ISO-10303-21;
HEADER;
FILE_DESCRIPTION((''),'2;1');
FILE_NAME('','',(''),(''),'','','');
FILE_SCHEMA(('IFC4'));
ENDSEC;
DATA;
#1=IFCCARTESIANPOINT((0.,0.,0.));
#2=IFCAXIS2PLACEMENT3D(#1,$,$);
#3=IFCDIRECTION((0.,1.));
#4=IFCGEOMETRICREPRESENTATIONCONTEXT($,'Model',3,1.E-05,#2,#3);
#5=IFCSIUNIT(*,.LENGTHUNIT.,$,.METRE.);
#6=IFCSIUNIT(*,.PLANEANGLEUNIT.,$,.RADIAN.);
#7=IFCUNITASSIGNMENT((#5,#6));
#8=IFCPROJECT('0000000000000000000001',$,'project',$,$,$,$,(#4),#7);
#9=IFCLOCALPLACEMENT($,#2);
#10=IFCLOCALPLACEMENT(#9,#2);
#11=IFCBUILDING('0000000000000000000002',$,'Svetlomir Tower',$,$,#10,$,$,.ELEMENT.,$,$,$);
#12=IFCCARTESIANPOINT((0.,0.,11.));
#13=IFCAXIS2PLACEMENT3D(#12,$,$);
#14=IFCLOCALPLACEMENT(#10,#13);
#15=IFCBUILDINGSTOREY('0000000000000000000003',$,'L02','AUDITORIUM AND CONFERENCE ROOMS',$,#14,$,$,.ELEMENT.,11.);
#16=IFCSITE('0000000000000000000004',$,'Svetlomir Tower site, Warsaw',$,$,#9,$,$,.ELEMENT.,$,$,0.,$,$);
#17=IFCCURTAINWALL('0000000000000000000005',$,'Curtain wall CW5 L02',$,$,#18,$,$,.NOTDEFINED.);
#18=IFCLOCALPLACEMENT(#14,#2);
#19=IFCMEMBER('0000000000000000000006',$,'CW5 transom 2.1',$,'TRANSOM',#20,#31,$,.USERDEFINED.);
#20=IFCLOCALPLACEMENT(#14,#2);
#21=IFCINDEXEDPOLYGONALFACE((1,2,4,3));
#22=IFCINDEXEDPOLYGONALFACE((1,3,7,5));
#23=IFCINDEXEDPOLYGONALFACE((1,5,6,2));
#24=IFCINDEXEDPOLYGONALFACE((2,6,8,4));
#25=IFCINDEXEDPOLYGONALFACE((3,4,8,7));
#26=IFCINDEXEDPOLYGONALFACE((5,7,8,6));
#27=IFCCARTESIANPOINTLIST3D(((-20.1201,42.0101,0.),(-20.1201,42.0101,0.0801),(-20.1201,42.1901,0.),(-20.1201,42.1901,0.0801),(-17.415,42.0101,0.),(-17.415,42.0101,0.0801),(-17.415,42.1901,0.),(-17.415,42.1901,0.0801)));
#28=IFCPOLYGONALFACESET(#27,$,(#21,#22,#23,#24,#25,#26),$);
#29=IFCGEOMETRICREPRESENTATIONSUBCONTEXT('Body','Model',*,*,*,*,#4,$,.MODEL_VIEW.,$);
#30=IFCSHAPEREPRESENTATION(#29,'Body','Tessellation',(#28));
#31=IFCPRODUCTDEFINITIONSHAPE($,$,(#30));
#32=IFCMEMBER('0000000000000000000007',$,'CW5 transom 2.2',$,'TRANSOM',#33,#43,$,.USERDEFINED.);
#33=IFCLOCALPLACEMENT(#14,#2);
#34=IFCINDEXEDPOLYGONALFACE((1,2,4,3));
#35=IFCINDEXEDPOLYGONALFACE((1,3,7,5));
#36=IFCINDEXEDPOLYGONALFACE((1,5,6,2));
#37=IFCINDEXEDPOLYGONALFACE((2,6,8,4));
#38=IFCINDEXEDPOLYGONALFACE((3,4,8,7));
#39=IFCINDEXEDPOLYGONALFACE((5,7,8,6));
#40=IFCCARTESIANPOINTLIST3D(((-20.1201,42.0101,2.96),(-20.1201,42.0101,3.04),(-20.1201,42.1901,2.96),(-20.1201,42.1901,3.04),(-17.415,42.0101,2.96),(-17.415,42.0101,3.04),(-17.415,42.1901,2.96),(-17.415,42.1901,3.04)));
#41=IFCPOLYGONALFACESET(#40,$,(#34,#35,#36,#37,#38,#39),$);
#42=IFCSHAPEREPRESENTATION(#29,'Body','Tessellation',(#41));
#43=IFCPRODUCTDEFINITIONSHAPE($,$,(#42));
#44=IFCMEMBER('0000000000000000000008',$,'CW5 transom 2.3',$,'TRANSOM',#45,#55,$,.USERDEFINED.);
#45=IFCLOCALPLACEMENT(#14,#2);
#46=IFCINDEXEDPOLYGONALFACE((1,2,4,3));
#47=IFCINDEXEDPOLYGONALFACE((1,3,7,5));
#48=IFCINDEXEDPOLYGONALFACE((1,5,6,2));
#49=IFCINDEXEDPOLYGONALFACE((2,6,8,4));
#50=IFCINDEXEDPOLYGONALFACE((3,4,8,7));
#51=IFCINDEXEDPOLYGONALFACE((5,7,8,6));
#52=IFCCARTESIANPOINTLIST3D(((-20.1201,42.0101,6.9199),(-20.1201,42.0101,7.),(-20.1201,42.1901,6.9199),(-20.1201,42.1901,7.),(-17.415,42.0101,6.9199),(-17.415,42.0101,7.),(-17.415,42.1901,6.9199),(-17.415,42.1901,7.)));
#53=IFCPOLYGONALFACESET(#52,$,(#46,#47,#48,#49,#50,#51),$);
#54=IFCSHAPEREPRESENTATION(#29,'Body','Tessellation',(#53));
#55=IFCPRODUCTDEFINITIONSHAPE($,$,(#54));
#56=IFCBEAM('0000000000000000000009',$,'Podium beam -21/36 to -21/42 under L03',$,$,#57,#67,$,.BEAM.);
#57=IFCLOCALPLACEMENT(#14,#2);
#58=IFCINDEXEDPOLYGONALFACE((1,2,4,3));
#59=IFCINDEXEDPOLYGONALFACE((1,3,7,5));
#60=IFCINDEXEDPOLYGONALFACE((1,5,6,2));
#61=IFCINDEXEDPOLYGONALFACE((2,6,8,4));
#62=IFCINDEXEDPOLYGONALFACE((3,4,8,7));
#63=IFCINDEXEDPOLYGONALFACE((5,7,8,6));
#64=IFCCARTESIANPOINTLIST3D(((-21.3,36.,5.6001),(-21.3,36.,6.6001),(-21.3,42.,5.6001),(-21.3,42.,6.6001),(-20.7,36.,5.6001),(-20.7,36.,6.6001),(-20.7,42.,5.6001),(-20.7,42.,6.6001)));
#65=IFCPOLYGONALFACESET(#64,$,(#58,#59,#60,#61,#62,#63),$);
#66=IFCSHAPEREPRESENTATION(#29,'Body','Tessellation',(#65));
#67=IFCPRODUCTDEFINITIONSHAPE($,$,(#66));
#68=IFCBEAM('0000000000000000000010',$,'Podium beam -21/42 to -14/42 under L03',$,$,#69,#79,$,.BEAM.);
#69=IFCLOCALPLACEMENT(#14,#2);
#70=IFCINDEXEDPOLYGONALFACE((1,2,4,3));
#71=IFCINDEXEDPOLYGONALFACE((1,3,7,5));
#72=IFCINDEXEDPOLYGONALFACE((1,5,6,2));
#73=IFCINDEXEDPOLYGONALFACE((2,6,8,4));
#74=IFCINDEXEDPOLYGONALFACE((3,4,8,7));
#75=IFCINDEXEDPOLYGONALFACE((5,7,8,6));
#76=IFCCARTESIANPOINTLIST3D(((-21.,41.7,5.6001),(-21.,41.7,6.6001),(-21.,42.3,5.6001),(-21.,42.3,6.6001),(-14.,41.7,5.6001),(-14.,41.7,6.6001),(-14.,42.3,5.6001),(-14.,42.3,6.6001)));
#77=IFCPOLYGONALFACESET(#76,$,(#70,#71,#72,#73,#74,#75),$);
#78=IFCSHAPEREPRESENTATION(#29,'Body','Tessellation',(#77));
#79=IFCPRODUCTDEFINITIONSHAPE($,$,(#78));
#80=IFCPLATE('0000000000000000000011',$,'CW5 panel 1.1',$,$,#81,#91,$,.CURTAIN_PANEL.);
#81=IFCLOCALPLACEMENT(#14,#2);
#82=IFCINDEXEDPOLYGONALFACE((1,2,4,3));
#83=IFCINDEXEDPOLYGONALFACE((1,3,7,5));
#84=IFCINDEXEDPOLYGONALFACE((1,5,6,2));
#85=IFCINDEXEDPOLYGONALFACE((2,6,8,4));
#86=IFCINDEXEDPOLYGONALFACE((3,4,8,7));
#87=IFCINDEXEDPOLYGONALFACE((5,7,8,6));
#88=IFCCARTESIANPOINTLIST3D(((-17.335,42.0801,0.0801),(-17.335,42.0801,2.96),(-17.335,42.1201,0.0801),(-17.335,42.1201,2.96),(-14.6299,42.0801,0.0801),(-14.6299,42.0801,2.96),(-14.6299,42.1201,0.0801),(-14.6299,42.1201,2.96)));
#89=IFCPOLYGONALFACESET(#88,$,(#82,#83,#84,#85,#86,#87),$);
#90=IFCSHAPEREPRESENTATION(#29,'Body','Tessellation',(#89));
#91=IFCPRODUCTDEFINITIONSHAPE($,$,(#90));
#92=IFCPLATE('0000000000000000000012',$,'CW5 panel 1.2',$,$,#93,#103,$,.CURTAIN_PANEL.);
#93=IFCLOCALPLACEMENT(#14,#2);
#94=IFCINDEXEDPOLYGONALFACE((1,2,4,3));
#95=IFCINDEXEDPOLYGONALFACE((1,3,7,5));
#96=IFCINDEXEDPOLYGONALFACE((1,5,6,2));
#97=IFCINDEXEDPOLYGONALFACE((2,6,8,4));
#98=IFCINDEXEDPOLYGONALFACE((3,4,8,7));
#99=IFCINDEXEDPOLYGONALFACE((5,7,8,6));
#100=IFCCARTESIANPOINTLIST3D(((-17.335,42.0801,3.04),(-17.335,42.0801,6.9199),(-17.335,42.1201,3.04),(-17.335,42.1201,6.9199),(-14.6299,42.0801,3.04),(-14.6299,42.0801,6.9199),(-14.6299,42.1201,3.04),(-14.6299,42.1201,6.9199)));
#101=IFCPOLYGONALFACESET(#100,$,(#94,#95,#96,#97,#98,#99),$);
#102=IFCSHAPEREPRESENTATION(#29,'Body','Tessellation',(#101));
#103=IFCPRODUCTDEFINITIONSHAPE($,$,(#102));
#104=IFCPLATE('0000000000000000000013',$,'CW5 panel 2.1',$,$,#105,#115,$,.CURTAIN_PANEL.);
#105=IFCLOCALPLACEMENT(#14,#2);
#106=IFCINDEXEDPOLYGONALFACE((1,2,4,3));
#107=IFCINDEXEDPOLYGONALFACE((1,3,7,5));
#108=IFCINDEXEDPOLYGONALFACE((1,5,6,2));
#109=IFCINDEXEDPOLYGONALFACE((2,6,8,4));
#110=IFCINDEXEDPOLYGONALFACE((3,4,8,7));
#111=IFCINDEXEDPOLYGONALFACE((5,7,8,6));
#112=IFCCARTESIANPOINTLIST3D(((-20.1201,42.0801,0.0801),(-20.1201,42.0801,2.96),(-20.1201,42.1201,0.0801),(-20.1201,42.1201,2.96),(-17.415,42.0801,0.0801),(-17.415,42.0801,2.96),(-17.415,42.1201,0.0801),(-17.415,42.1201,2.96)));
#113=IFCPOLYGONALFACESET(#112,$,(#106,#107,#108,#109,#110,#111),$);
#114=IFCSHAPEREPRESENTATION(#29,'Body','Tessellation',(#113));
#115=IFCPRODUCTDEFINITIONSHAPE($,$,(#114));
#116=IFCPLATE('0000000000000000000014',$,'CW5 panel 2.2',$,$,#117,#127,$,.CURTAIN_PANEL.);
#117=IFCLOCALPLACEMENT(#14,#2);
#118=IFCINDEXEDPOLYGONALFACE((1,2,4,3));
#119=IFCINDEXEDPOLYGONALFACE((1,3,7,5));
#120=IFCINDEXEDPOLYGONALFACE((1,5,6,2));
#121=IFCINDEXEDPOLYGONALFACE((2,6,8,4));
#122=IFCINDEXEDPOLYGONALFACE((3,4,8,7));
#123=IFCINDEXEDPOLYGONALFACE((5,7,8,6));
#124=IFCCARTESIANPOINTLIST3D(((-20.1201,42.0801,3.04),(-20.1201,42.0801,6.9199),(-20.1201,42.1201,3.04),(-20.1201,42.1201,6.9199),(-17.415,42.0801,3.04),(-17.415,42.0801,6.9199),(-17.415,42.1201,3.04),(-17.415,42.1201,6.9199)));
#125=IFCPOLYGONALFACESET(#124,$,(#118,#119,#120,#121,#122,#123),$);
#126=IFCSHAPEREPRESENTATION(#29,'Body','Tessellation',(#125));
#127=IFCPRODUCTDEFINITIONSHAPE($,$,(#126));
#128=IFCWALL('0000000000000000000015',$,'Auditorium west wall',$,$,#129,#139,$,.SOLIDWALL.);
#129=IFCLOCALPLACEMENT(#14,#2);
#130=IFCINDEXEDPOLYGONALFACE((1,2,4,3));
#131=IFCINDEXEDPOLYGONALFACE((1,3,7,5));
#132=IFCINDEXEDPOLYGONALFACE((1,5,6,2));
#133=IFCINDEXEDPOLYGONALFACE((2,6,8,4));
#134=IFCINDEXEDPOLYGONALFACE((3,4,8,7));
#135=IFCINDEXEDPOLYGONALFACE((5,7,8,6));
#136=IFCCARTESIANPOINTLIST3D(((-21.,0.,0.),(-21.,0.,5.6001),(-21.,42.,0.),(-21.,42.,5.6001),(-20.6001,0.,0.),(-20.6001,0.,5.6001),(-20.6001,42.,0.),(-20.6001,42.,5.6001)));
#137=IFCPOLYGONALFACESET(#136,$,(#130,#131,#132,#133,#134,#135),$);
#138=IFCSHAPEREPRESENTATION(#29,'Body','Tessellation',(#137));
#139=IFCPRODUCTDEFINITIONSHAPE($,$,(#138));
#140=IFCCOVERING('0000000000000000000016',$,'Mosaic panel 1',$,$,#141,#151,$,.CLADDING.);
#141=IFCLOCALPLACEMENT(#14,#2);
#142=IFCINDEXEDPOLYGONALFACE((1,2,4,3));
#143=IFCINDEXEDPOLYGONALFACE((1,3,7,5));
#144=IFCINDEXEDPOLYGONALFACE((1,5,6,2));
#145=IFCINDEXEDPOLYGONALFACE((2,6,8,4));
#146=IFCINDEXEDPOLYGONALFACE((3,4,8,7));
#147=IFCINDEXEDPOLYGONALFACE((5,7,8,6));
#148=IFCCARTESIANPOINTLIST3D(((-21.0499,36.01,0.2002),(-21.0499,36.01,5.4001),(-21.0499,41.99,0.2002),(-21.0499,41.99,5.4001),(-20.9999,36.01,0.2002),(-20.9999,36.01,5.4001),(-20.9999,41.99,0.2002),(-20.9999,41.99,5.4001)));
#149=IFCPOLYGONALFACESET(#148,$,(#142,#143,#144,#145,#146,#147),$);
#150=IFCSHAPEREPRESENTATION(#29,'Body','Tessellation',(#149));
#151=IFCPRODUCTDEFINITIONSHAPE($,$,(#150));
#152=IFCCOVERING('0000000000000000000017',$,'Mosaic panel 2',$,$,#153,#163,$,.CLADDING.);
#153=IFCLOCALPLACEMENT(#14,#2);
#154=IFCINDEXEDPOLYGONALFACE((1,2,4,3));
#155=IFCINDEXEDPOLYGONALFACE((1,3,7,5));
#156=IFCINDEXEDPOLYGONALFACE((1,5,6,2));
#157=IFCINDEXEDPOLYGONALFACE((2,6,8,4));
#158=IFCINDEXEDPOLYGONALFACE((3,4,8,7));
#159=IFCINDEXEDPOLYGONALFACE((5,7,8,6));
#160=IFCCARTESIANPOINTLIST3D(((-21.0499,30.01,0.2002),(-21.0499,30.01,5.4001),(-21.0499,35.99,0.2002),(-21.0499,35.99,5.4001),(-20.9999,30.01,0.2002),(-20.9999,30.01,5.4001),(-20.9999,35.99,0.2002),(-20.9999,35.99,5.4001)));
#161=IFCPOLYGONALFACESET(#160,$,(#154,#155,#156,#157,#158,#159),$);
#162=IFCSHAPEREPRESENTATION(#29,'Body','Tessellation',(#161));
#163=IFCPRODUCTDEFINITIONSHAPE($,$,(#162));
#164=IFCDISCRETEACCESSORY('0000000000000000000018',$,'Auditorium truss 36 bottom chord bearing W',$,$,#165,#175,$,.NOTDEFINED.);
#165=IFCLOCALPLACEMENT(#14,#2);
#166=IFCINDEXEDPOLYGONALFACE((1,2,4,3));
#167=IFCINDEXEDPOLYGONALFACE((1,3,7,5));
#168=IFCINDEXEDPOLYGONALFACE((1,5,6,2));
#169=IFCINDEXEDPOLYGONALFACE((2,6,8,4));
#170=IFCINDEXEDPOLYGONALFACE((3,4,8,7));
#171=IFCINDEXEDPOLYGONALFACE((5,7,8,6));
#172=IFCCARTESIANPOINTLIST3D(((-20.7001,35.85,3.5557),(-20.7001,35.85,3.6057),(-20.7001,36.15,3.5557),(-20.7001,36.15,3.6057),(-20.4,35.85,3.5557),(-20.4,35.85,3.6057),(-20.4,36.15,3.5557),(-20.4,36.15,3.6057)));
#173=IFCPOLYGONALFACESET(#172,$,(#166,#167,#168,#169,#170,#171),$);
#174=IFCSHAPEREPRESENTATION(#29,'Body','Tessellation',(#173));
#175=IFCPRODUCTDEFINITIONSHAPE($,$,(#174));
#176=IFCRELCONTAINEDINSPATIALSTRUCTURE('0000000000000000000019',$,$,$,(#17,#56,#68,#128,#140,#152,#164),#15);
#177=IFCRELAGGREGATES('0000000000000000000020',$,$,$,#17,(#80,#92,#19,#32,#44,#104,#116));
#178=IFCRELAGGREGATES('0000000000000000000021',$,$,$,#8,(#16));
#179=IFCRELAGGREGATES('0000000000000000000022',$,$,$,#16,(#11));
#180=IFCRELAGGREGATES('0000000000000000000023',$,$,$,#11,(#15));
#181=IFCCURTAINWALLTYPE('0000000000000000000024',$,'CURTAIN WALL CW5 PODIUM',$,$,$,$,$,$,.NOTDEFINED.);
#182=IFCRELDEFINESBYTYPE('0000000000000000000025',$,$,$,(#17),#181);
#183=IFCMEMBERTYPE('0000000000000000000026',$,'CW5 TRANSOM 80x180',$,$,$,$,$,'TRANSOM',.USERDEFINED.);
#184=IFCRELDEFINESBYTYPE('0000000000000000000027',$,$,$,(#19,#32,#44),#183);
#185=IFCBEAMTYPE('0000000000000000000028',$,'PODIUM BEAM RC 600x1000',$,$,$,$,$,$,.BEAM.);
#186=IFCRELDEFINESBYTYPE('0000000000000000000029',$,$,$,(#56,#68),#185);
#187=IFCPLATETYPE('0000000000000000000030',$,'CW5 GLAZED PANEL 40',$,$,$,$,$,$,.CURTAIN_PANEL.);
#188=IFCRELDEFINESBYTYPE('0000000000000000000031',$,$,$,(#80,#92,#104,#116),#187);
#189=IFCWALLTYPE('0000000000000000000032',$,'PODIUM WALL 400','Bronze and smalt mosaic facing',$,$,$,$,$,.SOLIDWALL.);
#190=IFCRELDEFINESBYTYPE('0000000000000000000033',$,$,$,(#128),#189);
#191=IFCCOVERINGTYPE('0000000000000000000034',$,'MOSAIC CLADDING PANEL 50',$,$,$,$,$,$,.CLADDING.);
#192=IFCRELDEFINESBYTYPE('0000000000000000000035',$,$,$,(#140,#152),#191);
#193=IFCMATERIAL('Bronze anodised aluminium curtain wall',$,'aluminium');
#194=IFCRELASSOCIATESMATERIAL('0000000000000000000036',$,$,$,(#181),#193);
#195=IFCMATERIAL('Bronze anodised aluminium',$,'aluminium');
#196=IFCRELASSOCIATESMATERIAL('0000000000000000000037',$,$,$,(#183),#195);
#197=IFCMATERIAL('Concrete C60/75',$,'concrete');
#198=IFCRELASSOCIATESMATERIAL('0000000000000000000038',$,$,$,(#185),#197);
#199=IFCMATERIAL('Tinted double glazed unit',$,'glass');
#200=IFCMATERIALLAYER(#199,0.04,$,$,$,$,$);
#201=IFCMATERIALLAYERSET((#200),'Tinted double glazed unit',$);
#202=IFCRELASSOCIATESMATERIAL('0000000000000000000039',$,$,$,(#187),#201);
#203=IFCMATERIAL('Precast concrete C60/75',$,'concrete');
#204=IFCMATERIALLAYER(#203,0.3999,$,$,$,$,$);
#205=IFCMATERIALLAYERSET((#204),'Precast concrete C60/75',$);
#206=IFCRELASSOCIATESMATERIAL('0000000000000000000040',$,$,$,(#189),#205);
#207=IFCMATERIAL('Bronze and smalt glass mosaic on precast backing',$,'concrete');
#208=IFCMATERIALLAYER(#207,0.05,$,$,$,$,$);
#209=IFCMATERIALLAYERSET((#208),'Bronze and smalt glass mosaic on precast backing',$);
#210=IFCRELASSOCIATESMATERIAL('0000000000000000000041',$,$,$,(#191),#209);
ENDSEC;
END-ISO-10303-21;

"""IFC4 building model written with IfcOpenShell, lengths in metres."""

from ifc_helpers import new_model, si_unit, direction, frame, frame_2d, origin, origin_2d, place, context, subcontext, project, spatial, rectangle, extrude, material, layer, layer_set, material_profile, profile_set, type_object, element, aggregate, save


model = new_model("IFC4")

# Units and contexts
model_context = context("Model", 3, precision=1e-05, world=origin(), true_north=direction((0.0, 1.0)))
body_context = subcontext(model_context, "Body", "Model", "MODEL_VIEW")
ifc_project = project(units=[si_unit("LENGTHUNIT", "METRE"), si_unit("PLANEANGLEUNIT", "RADIAN")], contexts=[model_context])

# Site, building, storey
site_placement = place(None, origin())
site = spatial("IfcSite", under=ifc_project, at=site_placement, Name="Svetlomir Tower site, Warsaw", CompositionType="ELEMENT", RefElevation=0.0)
building_placement = place(site_placement, origin())
building = spatial("IfcBuilding", under=site, at=building_placement, Name="Svetlomir Tower", CompositionType="ELEMENT")
storey_placement = place(building_placement, frame((0.0, 0.0, 11.0)))
storey = spatial("IfcBuildingStorey", under=building, at=storey_placement, Name="L02", Description="AUDITORIUM AND CONFERENCE ROOMS", CompositionType="ELEMENT", Elevation=11.0)

# Curtain wall, members
ifc_material_1 = material(Name="Bronze anodised aluminium curtain wall", Category="aluminium")
curtain_wall_type = type_object("IfcCurtainWallType", Name="CURTAIN WALL CW5 PODIUM", PredefinedType="NOTDEFINED", material=ifc_material_1)
curtain_wall_placement = place(storey_placement, origin())
curtain_wall = element("IfcCurtainWall", 1, at=curtain_wall_placement, inside=storey, type_object=curtain_wall_type, Name="Curtain wall CW5 L02", PredefinedType="NOTDEFINED")
ifc_material_2 = material(Name="Bronze anodised aluminium", Category="aluminium")
ifc_material_profile_1 = material_profile(ifc_material_2, rectangle(XDim=0.1799, YDim=0.0801, at=origin_2d()), Name="AL 180x80")
ifc_profile_set_1 = profile_set([ifc_material_profile_1], Name="Bronze anodised aluminium 6063-T6")
member_type_1 = type_object("IfcMemberType", Name="CW5 TRANSOM 80x180", ElementType="TRANSOM", PredefinedType="USERDEFINED", material=ifc_profile_set_1)
member_1_placement = place(storey_placement, frame((-17.415, 42.1001, 0.04), z_axis=(-1.0, 0.0, 0.0), x_axis=(0.0, -1.0, 0.0)))
member_1 = element("IfcMember", 2, at=member_1_placement, type_object=member_type_1, Name="CW5 transom 2.1", ObjectType="TRANSOM", PredefinedType="USERDEFINED", context=body_context, shape_type="SweptSolid", body=[
    extrude(rectangle(XDim=0.1799, YDim=0.0801, at=origin_2d()), origin(), (0.0, 0.0, 1.0), 2.7051),
])
member_2_placement = place(storey_placement, frame((-17.415, 42.1001, 3.0), z_axis=(-1.0, 0.0, 0.0), x_axis=(0.0, -1.0, 0.0)))
member_2 = element("IfcMember", 3, at=member_2_placement, type_object=member_type_1, Name="CW5 transom 2.2", ObjectType="TRANSOM", PredefinedType="USERDEFINED", context=body_context, shape_type="SweptSolid", body=[
    extrude(rectangle(XDim=0.1799, YDim=0.0801, at=origin_2d()), origin(), (0.0, 0.0, 1.0), 2.7051),
])
member_3_placement = place(storey_placement, frame((-17.415, 42.1001, 6.96), z_axis=(-1.0, 0.0, 0.0), x_axis=(0.0, -1.0, 0.0)))
member_3 = element("IfcMember", 4, at=member_3_placement, type_object=member_type_1, Name="CW5 transom 2.3", ObjectType="TRANSOM", PredefinedType="USERDEFINED", context=body_context, shape_type="SweptSolid", body=[
    extrude(rectangle(XDim=0.1799, YDim=0.0801, at=origin_2d()), origin(), (0.0, 0.0, 1.0), 2.7051),
])

# Beams
ifc_material_3 = material(Name="Concrete C60/75", Category="concrete")
ifc_material_profile_2 = material_profile(ifc_material_3, rectangle(XDim=0.6001, YDim=1.0, at=origin_2d()), Name="RC 600x1000")
ifc_profile_set_2 = profile_set([ifc_material_profile_2], Name="Concrete C60/75")
beam_type = type_object("IfcBeamType", Name="PODIUM BEAM RC 600x1000", PredefinedType="BEAM", material=ifc_profile_set_2)
beam_1_placement = place(storey_placement, frame((-21.0, 36.0, 6.1001), z_axis=(0.0, 1.0, 0.0), x_axis=(-1.0, 0.0, 0.0)))
element("IfcBeam", 5, at=beam_1_placement, inside=storey, type_object=beam_type, Name="Podium beam -21/36 to -21/42 under L03", PredefinedType="BEAM", context=body_context, shape_type="SweptSolid", body=[
    extrude(rectangle(XDim=0.6001, YDim=1.0, at=origin_2d()), origin(), (0.0, 0.0, 1.0), 6.0),
])
beam_2_placement = place(storey_placement, frame((-21.0, 42.0, 6.1001), z_axis=(1.0, 0.0, 0.0), x_axis=(0.0, 1.0, 0.0)))
element("IfcBeam", 6, at=beam_2_placement, inside=storey, type_object=beam_type, Name="Podium beam -21/42 to -14/42 under L03", PredefinedType="BEAM", context=body_context, shape_type="SweptSolid", body=[
    extrude(rectangle(XDim=0.6001, YDim=1.0, at=origin_2d()), origin(), (0.0, 0.0, 1.0), 7.0),
])

# Plates
ifc_material_4 = material(Name="Tinted double glazed unit", Category="glass")
ifc_layer_1 = layer(ifc_material_4, 0.04)
ifc_layer_set_1 = layer_set([ifc_layer_1], Name="Tinted double glazed unit")
plate_type = type_object("IfcPlateType", Name="CW5 GLAZED PANEL 40", PredefinedType="CURTAIN_PANEL", material=ifc_layer_set_1)
plate_1_placement = place(storey_placement, frame((-15.9824, 42.1001, 0.0801), z_axis=(0.0, 0.0, 1.0), x_axis=(-1.0, 0.0, 0.0)))
plate_1 = element("IfcPlate", 7, at=plate_1_placement, type_object=plate_type, Name="CW5 panel 1.1", PredefinedType="CURTAIN_PANEL", context=body_context, shape_type="SweptSolid", body=[
    extrude(rectangle(XDim=2.7051, YDim=0.04, at=origin_2d()), origin(), (0.0, 0.0, 1.0), 2.8799),
])
plate_2_placement = place(storey_placement, frame((-15.9824, 42.1001, 3.04), z_axis=(0.0, 0.0, 1.0), x_axis=(-1.0, 0.0, 0.0)))
plate_2 = element("IfcPlate", 8, at=plate_2_placement, type_object=plate_type, Name="CW5 panel 1.2", PredefinedType="CURTAIN_PANEL", context=body_context, shape_type="SweptSolid", body=[
    extrude(rectangle(XDim=2.7051, YDim=0.04, at=origin_2d()), origin(), (0.0, 0.0, 1.0), 3.8799),
])
plate_3_placement = place(storey_placement, frame((-18.7676, 42.1001, 0.0801), z_axis=(0.0, 0.0, 1.0), x_axis=(-1.0, 0.0, 0.0)))
plate_3 = element("IfcPlate", 9, at=plate_3_placement, type_object=plate_type, Name="CW5 panel 2.1", PredefinedType="CURTAIN_PANEL", context=body_context, shape_type="SweptSolid", body=[
    extrude(rectangle(XDim=2.7051, YDim=0.04, at=origin_2d()), origin(), (0.0, 0.0, 1.0), 2.8799),
])
plate_4_placement = place(storey_placement, frame((-18.7676, 42.1001, 3.04), z_axis=(0.0, 0.0, 1.0), x_axis=(-1.0, 0.0, 0.0)))
plate_4 = element("IfcPlate", 10, at=plate_4_placement, type_object=plate_type, Name="CW5 panel 2.2", PredefinedType="CURTAIN_PANEL", context=body_context, shape_type="SweptSolid", body=[
    extrude(rectangle(XDim=2.7051, YDim=0.04, at=origin_2d()), origin(), (0.0, 0.0, 1.0), 3.8799),
])
aggregate(curtain_wall, [plate_1, plate_2, member_1, member_2, member_3, plate_3, plate_4])

# Wall
ifc_material_5 = material(Name="Precast concrete C60/75", Category="concrete")
ifc_layer_2 = layer(ifc_material_5, 0.3999)
ifc_layer_set_2 = layer_set([ifc_layer_2], Name="Precast concrete C60/75")
wall_type = type_object("IfcWallType", Name="PODIUM WALL 400", Description="Bronze and smalt mosaic facing", PredefinedType="SOLIDWALL", material=ifc_layer_set_2)
wall_placement = place(storey_placement, frame((-20.8, 42.0, 0.0), z_axis=(0.0, 0.0, 1.0), x_axis=(0.0, -1.0, 0.0)))
element("IfcWall", 11, at=wall_placement, inside=storey, type_object=wall_type, Name="Auditorium west wall", PredefinedType="SOLIDWALL", context=body_context, shape_type="SweptSolid", body=[
    extrude(rectangle(XDim=42.0, YDim=0.3999, at=frame_2d((21.0, 0.0))), origin(), (0.0, 0.0, 1.0), 5.6001),
])

# Coverings
ifc_material_6 = material(Name="Bronze and smalt glass mosaic on precast backing", Category="concrete")
ifc_layer_3 = layer(ifc_material_6, 0.05)
ifc_layer_set_3 = layer_set([ifc_layer_3], Name="Bronze and smalt glass mosaic on precast backing")
covering_type = type_object("IfcCoveringType", Name="MOSAIC CLADDING PANEL 50", PredefinedType="CLADDING", material=ifc_layer_set_3)
for number, where, z_axis, x_axis, name in (
    (12, (-21.0249, 39.0, 0.2002), (0.0, 0.0, 1.0), (1.0, 0.0, 0.0), "Mosaic panel 1"),
    (13, (-21.0249, 33.0, 0.2002), (0.0, 0.0, 1.0), (1.0, 0.0, 0.0), "Mosaic panel 2"),
):
    element("IfcCovering", number, at=place(storey_placement, frame(where, z_axis=z_axis, x_axis=x_axis)), inside=storey, type_object=covering_type, Name=name, PredefinedType="CLADDING", context=body_context, shape_type="SweptSolid", body=[
        extrude(rectangle(XDim=0.05, YDim=5.98, at=origin_2d()), origin(), (0.0, 0.0, 1.0), 5.2),
    ])

# Discrete accessory
discrete_accessory_placement = place(storey_placement, frame((-20.55, 36.0, 3.5557), z_axis=(0.0, 0.0, 1.0), x_axis=(1.0, 0.0, 0.0)))
element("IfcDiscreteAccessory", 14, at=discrete_accessory_placement, inside=storey, Name="Auditorium truss 36 bottom chord bearing W", PredefinedType="NOTDEFINED", context=body_context, shape_type="SweptSolid", body=[
    extrude(rectangle(XDim=0.3, YDim=0.3, at=origin_2d()), origin(), (0.0, 0.0, 1.0), 0.05),
])

save(model, "model.ifc")
